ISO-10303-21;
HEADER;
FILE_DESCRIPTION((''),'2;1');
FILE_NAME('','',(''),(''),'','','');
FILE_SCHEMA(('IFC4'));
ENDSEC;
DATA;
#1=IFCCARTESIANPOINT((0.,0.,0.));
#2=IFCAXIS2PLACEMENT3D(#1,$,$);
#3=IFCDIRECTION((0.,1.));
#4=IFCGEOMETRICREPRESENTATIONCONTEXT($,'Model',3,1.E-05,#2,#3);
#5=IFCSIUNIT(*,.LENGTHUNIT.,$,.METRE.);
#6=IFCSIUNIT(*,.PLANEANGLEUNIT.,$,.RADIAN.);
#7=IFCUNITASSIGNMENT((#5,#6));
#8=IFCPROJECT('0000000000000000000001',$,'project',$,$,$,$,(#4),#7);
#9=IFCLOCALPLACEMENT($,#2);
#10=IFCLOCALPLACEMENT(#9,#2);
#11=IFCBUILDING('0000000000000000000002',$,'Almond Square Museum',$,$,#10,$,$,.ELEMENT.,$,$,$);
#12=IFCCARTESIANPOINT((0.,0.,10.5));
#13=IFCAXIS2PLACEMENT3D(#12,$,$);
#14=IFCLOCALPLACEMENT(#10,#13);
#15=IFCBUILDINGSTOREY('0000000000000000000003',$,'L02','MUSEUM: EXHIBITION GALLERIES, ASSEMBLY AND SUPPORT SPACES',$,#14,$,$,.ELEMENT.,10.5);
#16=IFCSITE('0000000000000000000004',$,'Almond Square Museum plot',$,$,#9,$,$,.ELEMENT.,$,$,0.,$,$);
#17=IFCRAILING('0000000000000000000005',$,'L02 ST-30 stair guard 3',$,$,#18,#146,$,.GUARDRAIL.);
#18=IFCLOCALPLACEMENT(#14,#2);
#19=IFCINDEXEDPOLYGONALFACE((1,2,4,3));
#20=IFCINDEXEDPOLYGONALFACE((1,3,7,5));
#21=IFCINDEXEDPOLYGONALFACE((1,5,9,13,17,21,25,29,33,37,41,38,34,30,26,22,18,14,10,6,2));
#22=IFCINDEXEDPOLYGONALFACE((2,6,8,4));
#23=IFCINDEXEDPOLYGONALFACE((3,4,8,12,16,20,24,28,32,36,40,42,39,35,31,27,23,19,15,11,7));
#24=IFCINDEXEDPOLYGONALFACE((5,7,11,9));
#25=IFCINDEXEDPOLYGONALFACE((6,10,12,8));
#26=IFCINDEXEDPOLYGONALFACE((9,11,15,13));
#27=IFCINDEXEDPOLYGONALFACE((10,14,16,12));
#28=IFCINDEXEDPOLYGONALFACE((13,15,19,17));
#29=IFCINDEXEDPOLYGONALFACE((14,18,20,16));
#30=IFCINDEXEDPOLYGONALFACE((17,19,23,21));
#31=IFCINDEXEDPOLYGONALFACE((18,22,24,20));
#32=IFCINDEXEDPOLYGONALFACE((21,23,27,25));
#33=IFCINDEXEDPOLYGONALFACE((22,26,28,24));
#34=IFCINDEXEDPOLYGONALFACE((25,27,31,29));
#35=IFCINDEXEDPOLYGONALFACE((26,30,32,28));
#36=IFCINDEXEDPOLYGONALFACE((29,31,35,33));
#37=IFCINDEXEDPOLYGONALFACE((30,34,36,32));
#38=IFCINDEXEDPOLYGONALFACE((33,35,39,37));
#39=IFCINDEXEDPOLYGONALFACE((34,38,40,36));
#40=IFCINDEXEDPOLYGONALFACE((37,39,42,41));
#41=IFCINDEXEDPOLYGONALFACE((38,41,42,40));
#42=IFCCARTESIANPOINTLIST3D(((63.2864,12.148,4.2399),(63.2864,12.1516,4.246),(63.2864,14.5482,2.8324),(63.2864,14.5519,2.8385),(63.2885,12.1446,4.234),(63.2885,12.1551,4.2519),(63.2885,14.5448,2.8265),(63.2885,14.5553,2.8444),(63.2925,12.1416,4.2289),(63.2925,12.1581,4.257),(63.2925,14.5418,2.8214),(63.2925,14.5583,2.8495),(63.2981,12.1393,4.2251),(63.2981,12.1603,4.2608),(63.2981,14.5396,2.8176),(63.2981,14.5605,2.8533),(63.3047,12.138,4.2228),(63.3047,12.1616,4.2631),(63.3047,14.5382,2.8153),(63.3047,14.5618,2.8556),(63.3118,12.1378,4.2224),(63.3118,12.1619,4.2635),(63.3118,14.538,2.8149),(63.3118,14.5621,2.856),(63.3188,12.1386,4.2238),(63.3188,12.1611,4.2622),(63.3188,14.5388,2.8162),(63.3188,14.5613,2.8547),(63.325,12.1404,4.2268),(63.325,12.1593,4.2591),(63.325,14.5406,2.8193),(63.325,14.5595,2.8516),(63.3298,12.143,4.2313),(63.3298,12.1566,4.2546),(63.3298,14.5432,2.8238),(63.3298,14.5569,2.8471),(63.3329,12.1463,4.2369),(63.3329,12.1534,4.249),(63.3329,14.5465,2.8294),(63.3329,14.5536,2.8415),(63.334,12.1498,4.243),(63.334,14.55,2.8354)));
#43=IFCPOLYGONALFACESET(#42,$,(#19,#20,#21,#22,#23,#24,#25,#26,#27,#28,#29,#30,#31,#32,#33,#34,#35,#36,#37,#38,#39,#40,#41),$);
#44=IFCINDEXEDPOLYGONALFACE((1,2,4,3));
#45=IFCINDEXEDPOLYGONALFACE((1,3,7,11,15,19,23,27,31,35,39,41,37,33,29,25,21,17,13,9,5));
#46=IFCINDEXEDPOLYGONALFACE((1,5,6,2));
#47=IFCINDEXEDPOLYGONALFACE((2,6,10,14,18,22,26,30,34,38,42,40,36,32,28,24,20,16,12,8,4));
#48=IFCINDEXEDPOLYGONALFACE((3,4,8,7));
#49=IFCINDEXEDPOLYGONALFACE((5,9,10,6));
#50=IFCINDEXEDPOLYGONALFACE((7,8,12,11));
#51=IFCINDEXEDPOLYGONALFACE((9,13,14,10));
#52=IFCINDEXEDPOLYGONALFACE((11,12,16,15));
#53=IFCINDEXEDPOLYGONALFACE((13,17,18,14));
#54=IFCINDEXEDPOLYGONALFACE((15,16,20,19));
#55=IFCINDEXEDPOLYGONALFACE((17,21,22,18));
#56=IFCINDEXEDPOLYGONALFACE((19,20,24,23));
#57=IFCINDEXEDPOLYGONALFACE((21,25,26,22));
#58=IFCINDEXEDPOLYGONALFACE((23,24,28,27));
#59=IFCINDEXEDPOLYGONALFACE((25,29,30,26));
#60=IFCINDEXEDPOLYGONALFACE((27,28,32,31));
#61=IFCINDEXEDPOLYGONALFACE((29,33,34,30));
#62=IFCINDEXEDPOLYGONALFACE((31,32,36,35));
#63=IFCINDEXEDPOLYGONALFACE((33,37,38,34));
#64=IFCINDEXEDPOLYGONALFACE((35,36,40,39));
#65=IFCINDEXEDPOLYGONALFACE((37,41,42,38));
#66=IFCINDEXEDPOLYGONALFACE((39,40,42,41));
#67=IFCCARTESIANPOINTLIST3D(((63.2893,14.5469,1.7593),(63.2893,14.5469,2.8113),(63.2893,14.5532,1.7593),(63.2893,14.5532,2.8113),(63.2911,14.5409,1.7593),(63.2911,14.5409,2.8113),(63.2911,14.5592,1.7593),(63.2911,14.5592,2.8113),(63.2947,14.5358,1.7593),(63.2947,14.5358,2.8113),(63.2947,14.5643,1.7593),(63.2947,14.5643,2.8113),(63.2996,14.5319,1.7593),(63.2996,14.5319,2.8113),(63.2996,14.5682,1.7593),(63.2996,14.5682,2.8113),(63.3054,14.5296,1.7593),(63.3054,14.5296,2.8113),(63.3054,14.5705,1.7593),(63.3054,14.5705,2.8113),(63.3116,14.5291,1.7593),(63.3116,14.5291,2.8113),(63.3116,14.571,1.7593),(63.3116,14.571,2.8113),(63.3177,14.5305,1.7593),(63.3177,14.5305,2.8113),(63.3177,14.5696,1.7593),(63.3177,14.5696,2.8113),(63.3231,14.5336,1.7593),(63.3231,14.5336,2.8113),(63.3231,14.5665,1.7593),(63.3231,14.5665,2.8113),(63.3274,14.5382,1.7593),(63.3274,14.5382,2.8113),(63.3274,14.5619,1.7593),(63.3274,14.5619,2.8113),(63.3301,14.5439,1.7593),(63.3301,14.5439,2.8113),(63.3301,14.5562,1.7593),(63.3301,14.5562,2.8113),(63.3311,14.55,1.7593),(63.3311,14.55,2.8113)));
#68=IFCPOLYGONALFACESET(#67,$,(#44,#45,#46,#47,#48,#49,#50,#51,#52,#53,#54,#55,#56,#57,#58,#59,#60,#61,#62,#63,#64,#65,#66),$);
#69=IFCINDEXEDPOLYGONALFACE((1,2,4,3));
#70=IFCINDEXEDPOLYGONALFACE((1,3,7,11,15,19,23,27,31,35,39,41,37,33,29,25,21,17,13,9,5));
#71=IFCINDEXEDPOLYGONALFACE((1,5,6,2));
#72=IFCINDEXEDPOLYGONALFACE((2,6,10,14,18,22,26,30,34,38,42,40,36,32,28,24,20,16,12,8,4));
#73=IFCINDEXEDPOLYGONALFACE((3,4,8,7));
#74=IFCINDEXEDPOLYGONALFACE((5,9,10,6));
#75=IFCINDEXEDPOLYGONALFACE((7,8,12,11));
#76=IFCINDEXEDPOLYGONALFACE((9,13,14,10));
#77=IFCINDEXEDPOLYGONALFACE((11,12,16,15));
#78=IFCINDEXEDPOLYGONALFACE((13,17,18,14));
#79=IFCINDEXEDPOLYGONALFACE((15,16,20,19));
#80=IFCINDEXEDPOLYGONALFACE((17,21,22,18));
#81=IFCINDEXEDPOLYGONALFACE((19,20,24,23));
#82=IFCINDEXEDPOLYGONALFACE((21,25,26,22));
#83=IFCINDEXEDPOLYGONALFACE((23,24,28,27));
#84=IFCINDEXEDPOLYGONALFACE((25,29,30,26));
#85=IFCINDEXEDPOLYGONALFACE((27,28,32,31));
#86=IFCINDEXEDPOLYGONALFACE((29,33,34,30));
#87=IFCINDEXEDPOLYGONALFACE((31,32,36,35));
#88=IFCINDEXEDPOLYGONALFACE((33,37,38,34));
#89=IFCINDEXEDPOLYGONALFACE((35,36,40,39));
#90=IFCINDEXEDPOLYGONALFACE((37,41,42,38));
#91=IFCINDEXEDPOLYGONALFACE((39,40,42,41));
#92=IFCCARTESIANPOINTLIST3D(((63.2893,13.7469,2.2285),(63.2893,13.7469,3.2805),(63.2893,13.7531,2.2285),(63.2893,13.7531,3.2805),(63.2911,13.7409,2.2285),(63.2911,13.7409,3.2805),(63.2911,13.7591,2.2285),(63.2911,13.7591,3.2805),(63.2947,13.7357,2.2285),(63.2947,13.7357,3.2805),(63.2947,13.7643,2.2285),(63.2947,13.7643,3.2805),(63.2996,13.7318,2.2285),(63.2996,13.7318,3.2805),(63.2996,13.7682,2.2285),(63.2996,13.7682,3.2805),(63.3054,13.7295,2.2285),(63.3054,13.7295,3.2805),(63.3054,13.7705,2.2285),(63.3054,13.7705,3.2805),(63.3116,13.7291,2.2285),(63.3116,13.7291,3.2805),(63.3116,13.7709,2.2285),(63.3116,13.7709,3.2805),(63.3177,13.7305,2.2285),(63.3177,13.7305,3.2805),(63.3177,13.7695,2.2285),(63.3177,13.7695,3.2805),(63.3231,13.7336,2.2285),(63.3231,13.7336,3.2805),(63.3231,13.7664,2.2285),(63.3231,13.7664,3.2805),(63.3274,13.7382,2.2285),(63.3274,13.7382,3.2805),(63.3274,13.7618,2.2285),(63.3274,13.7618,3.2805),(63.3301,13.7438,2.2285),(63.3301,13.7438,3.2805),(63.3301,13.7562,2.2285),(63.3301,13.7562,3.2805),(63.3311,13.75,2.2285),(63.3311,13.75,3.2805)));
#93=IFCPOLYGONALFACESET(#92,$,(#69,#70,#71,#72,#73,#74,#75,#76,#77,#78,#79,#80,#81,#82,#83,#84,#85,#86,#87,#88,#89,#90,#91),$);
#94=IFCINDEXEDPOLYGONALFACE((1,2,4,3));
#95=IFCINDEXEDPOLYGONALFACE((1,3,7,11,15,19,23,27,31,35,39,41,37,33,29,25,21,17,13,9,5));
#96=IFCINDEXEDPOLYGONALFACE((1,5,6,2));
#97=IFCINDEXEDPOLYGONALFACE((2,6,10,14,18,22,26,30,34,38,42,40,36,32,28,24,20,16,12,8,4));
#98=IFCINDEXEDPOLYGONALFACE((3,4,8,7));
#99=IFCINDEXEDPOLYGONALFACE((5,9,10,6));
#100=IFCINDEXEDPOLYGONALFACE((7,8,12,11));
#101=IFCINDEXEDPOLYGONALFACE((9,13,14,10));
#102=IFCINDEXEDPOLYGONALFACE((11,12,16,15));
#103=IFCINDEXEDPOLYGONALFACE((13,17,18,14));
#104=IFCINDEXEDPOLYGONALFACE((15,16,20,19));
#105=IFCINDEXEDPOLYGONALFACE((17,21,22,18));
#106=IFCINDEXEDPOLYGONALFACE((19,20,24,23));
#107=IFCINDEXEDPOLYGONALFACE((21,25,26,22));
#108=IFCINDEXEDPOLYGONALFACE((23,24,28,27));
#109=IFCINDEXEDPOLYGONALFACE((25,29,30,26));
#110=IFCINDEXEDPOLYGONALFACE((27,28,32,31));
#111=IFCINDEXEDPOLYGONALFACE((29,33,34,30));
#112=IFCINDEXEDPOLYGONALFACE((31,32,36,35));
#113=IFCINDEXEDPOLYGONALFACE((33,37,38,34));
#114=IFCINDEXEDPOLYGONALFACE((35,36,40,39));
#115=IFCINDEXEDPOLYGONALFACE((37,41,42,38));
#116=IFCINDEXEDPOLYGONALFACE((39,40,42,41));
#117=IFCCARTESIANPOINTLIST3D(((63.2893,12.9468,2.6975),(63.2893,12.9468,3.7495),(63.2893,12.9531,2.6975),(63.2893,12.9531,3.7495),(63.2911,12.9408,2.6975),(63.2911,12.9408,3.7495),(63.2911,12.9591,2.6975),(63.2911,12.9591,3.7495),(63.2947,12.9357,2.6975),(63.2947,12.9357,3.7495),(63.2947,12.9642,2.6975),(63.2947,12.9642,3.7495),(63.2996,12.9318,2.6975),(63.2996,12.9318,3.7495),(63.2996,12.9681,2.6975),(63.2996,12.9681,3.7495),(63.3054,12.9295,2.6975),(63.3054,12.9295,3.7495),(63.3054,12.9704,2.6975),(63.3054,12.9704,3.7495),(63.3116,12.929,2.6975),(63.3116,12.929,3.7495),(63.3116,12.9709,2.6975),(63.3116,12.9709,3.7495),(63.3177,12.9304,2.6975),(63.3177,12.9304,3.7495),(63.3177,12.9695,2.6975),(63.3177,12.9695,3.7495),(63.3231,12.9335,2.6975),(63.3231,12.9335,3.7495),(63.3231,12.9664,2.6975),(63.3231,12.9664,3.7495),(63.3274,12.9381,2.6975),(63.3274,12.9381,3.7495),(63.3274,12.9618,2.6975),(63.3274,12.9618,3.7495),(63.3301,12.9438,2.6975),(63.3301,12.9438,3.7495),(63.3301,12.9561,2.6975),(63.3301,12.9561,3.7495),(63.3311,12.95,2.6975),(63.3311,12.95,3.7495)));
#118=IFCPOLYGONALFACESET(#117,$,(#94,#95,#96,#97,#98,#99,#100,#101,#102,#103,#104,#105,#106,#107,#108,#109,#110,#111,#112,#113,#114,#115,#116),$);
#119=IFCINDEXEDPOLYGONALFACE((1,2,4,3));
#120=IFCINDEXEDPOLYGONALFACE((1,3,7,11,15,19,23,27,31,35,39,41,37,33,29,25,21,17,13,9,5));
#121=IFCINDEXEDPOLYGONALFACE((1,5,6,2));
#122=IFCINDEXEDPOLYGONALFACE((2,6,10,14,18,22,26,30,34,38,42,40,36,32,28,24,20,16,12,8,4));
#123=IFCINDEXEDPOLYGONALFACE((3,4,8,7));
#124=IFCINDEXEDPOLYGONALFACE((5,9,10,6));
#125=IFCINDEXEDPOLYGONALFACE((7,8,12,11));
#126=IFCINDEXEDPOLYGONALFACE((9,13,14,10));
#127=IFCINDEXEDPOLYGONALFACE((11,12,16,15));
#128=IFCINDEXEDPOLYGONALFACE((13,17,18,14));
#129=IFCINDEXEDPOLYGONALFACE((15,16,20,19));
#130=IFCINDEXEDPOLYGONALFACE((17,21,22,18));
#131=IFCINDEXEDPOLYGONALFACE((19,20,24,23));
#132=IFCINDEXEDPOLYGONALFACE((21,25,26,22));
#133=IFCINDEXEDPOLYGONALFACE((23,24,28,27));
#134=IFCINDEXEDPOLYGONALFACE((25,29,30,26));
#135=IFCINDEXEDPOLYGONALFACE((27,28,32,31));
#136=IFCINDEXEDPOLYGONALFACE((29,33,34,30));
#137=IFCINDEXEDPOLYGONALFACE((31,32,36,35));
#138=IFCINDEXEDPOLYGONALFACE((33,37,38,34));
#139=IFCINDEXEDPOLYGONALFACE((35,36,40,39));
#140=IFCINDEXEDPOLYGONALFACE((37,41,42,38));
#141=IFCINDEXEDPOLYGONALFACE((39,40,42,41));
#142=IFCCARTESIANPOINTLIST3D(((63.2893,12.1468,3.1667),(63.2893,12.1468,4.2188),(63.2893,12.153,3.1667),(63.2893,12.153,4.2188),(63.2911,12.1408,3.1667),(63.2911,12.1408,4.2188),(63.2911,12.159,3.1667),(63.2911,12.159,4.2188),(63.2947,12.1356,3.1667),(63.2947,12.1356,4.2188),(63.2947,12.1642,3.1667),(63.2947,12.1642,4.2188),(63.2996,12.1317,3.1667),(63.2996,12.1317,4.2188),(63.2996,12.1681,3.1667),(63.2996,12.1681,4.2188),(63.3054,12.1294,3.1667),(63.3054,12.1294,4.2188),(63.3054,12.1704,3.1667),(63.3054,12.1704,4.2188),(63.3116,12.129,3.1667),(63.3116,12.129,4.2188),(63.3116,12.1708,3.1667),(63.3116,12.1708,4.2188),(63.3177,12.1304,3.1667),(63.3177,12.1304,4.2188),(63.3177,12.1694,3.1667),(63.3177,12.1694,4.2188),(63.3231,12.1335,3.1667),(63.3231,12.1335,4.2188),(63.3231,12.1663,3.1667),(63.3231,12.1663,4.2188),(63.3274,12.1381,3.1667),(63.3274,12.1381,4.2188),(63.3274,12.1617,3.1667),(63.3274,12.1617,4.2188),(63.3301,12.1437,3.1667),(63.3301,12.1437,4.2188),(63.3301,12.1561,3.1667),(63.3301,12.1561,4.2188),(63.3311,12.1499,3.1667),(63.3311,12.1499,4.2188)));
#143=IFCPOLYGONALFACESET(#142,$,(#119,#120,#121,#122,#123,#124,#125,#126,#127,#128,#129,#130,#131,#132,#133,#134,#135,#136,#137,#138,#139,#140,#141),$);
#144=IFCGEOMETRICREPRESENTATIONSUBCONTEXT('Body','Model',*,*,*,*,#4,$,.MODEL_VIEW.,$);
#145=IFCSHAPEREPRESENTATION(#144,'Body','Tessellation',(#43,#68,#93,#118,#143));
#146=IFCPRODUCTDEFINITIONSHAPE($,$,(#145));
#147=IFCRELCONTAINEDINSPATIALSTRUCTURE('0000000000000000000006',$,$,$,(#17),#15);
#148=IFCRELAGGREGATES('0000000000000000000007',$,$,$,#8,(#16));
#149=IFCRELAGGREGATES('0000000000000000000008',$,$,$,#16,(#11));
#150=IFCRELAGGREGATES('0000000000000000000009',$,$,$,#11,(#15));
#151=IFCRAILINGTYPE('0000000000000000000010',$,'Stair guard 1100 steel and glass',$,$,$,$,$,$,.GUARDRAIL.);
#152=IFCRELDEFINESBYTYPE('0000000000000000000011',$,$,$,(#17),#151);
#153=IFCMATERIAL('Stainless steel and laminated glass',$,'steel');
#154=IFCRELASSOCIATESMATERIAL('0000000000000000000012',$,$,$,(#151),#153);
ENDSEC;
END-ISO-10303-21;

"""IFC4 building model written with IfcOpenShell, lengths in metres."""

from ifc_helpers import new_model, si_unit, direction, frame, origin, origin_2d, place, context, subcontext, project, spatial, circle, extrude, material, type_object, element, save


model = new_model("IFC4")

# Units and contexts
model_context = context("Model", 3, precision=1e-05, world=origin(), true_north=direction((0.0, 1.0)))
body_context = subcontext(model_context, "Body", "Model", "MODEL_VIEW")
ifc_project = project(units=[si_unit("LENGTHUNIT", "METRE"), si_unit("PLANEANGLEUNIT", "RADIAN")], contexts=[model_context])

# Site, building, storey
site_placement = place(None, origin())
site = spatial("IfcSite", under=ifc_project, at=site_placement, Name="Almond Square Museum plot", CompositionType="ELEMENT", RefElevation=0.0)
building_placement = place(site_placement, origin())
building = spatial("IfcBuilding", under=site, at=building_placement, Name="Almond Square Museum", CompositionType="ELEMENT")
storey_placement = place(building_placement, frame((0.0, 0.0, 10.5)))
storey = spatial("IfcBuildingStorey", under=building, at=storey_placement, Name="L02", Description="MUSEUM: EXHIBITION GALLERIES, ASSEMBLY AND SUPPORT SPACES", CompositionType="ELEMENT", Elevation=10.5)

# Railing
ifc_material_1 = material(Name="Stainless steel and laminated glass", Category="steel")
railing_type_1 = type_object("IfcRailingType", Name="Stair guard 1100 steel and glass", PredefinedType="GUARDRAIL", material=ifc_material_1)
railing_1_placement = place(storey_placement, frame((63.3101, 14.55, 1.7593)))
element("IfcRailing", 1, at=railing_1_placement, inside=storey, type_object=railing_type_1, Name="L02 ST-30 stair guard 3", PredefinedType="GUARDRAIL", context=body_context, shape_type="SweptSolid", body=[
    extrude(circle(Radius=0.0239, at=origin_2d()), frame((0.0, 0.0, 1.0762), z_axis=(0.0, -0.862621, 0.50585), x_axis=(1.0, 0.0, 0.0)), (0.0, 0.0, 1.0), 2.7825),
    extrude(circle(Radius=0.021, at=origin_2d()), origin(), (0.0, 0.0, 1.0), 1.052),
    extrude(circle(Radius=0.021, at=origin_2d()), frame((0.0, -0.8, 0.4692)), (0.0, 0.0, 1.0), 1.052),
    extrude(circle(Radius=0.021, at=origin_2d()), frame((0.0, -1.6001, 0.9382)), (0.0, 0.0, 1.0), 1.052),
    extrude(circle(Radius=0.021, at=origin_2d()), frame((0.0, -2.4001, 1.4075)), (0.0, 0.0, 1.0), 1.052),
])

save(model, "model.ifc")
